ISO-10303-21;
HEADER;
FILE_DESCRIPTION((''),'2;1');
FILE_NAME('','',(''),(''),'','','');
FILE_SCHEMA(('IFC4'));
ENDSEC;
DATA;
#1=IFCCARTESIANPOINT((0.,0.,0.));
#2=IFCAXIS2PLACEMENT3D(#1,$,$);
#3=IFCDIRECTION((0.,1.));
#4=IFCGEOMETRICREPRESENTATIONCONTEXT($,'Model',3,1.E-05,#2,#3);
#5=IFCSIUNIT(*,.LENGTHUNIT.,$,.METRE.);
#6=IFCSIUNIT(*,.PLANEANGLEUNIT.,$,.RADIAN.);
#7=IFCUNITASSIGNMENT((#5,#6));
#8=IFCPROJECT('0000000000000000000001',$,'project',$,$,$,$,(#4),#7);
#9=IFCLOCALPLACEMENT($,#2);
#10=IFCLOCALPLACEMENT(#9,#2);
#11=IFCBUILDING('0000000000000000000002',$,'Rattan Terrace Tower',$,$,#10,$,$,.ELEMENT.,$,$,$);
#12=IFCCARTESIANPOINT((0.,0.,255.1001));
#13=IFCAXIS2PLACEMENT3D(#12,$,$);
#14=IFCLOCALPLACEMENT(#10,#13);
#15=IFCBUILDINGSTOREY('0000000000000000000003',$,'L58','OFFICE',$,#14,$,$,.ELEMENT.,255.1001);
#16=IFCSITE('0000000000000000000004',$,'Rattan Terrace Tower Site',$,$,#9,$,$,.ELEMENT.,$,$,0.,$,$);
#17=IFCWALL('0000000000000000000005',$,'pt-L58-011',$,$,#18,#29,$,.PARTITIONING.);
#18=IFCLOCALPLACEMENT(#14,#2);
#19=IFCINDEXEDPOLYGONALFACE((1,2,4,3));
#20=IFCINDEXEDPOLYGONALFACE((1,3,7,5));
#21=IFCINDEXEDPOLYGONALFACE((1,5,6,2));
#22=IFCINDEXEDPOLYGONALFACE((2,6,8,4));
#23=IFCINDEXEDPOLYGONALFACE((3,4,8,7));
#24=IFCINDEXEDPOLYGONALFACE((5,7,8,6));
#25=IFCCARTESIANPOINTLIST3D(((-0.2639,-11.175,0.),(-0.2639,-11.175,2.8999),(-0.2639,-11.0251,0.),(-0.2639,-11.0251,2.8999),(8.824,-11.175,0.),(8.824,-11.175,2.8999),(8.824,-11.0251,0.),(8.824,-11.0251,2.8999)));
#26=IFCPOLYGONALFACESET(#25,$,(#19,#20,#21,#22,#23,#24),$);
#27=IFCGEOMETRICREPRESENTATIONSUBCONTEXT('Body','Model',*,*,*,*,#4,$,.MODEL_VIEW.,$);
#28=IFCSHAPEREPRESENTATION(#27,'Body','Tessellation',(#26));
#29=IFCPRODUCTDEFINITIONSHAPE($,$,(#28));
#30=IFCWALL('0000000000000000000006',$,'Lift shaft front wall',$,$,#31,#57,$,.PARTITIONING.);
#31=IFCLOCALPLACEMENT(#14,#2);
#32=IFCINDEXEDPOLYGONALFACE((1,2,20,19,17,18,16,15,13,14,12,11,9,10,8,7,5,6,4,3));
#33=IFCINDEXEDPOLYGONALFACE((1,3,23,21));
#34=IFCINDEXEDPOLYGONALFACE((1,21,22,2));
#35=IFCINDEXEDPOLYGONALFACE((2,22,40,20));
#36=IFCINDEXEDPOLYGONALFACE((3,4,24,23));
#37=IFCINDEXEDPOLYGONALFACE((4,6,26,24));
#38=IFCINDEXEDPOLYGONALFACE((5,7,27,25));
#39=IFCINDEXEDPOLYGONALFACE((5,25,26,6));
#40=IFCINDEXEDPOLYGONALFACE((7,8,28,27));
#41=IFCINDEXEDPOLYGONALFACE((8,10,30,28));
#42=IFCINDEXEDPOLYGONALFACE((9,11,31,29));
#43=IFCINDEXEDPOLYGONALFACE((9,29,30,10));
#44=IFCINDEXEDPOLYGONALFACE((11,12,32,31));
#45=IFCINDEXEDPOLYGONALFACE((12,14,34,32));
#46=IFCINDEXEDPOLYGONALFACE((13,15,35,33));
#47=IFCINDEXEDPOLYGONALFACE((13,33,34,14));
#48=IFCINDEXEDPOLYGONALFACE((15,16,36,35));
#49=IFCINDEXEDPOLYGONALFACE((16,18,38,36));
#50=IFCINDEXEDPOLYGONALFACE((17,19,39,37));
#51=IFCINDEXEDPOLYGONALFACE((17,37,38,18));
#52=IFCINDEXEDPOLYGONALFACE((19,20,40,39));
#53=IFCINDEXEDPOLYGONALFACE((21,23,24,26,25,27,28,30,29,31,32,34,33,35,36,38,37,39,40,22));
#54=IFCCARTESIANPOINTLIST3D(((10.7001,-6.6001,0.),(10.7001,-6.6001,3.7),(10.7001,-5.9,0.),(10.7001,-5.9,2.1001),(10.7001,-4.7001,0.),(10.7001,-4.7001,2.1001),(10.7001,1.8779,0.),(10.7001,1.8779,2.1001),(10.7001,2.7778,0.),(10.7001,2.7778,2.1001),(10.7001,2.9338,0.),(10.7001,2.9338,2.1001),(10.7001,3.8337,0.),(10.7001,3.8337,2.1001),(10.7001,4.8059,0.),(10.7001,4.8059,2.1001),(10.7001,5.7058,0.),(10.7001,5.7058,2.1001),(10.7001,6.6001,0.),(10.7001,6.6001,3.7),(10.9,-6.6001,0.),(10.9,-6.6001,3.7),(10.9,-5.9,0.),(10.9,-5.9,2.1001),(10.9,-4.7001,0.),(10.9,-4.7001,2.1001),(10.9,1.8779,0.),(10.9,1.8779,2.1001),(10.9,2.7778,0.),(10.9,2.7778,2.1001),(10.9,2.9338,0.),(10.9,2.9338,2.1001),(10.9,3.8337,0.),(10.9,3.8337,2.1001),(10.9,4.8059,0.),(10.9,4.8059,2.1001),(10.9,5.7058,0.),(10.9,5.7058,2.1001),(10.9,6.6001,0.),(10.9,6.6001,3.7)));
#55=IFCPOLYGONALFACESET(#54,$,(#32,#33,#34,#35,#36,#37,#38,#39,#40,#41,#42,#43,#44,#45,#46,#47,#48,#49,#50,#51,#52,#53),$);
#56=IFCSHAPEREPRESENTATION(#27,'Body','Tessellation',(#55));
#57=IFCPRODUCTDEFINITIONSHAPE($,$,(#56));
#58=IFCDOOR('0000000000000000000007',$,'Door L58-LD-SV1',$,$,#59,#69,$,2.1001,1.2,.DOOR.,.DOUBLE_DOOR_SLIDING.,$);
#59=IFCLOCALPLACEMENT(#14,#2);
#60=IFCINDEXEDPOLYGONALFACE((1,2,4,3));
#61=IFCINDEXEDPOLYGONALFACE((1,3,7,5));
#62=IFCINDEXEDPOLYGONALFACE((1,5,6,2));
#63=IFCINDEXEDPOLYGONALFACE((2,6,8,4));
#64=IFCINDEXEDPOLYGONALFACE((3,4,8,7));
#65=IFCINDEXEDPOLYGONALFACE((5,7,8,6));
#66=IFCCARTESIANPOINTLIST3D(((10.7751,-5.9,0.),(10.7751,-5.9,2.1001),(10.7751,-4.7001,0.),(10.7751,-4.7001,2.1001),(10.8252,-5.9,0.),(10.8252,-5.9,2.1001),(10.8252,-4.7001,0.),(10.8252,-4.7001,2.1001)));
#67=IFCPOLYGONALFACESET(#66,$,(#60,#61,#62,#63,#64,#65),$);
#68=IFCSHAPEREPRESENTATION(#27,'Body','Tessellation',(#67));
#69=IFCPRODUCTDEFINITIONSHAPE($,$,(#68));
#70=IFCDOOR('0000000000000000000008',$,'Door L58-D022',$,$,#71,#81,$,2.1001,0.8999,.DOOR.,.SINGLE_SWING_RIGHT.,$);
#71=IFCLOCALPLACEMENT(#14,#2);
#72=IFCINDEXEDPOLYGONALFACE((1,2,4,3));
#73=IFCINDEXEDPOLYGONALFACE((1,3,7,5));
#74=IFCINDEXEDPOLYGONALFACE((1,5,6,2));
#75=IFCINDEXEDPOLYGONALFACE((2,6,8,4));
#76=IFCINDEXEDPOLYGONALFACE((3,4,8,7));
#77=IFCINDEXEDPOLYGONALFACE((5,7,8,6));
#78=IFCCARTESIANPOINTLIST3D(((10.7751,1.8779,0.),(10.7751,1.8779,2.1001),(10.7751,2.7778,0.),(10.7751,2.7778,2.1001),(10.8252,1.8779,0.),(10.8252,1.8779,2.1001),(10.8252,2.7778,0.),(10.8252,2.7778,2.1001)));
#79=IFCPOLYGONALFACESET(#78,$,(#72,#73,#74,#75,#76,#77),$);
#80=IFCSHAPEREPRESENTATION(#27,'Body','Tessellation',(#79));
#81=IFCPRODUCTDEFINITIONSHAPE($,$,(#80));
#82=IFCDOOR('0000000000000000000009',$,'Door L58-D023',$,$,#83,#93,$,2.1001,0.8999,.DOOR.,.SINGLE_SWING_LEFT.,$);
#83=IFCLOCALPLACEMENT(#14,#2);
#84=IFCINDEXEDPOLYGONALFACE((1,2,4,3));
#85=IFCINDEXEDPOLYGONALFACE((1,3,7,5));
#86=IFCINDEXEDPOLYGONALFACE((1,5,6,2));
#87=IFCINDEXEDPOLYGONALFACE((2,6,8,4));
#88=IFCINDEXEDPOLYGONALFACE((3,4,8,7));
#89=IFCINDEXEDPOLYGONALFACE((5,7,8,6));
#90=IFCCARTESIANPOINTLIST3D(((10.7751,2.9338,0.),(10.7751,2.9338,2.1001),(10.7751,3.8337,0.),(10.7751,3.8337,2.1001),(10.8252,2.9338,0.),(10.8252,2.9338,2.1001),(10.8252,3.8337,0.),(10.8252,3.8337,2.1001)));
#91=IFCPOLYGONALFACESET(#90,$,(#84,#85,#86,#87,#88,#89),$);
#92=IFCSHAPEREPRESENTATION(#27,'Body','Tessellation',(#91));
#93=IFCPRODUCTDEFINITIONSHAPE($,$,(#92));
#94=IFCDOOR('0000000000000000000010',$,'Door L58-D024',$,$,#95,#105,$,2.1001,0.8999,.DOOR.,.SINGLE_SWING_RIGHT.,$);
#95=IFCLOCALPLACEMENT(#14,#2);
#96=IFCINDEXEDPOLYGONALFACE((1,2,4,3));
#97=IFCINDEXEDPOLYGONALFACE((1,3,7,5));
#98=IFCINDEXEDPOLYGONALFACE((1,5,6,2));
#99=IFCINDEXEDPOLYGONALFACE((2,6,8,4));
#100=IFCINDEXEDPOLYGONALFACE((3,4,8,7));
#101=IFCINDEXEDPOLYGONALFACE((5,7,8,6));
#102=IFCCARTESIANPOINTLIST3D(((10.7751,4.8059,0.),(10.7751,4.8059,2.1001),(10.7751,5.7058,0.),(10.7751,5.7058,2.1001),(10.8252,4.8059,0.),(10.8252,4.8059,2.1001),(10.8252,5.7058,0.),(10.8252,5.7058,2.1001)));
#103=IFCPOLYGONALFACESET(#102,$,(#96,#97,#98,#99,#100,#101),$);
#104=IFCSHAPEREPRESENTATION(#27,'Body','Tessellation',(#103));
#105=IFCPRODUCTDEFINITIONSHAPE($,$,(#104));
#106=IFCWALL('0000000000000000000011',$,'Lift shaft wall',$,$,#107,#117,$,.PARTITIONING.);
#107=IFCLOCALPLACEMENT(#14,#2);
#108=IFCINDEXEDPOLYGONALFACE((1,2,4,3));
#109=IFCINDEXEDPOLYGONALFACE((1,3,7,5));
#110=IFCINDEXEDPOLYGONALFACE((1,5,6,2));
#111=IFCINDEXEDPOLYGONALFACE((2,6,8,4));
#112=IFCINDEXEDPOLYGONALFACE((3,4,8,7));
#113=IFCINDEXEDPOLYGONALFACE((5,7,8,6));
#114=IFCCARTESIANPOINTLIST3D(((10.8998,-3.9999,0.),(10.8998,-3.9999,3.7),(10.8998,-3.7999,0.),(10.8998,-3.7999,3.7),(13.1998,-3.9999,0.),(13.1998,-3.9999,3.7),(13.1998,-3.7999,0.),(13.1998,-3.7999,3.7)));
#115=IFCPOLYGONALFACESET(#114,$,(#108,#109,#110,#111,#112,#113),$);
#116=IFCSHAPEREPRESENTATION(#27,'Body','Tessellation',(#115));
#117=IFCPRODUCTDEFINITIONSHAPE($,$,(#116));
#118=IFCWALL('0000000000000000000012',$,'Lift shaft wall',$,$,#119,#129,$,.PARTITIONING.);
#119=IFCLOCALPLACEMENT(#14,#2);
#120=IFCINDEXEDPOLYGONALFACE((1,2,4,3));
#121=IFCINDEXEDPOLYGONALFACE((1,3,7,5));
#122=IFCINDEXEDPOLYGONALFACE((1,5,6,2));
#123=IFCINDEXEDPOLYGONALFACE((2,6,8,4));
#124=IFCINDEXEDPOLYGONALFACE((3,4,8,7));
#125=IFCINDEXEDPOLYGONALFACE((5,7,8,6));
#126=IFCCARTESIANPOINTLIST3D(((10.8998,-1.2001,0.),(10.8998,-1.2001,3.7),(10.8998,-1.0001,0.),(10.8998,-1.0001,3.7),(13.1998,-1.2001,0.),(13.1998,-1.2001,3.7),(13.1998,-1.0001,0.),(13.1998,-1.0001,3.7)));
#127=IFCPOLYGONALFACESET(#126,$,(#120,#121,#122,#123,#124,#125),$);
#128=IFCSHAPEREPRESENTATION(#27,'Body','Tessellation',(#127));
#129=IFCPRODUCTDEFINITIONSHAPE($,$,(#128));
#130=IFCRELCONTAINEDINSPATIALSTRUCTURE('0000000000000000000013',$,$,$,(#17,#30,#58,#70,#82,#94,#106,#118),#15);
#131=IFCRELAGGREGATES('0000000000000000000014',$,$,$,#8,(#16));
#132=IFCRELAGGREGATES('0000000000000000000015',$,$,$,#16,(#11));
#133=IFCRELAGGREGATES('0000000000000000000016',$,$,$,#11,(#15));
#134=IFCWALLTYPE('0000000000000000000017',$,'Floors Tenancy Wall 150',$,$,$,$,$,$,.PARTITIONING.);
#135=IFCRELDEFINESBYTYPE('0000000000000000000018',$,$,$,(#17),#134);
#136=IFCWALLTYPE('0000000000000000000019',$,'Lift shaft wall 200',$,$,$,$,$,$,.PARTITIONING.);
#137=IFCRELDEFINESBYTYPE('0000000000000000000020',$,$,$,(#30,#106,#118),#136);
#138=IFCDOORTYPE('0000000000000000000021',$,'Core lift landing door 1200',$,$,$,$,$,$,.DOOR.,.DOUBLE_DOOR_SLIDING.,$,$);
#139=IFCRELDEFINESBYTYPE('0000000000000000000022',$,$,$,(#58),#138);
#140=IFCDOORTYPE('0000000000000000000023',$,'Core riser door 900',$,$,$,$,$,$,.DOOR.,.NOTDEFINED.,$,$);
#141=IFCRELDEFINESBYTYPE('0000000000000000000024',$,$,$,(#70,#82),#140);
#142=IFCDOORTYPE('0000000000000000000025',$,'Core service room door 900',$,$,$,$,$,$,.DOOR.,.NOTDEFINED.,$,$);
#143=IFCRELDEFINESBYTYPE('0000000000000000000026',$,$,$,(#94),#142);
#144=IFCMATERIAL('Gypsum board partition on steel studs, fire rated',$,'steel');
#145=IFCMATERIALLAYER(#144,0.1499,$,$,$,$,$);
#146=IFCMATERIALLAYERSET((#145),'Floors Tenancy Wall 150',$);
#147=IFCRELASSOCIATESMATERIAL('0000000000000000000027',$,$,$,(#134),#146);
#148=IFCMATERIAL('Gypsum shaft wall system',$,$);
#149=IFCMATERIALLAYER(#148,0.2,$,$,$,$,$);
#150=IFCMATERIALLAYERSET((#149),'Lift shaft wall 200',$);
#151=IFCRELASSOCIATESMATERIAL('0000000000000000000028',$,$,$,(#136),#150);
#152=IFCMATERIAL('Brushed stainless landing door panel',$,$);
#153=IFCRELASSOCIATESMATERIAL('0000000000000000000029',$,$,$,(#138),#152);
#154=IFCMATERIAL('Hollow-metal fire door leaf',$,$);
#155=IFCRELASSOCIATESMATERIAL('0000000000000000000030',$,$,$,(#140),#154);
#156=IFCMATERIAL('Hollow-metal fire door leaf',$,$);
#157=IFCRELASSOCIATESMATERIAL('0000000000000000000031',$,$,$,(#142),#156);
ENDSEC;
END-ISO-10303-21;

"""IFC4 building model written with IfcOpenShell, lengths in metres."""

from ifc_helpers import new_model, si_unit, direction, frame, frame_2d, origin, place, context, subcontext, project, spatial, rectangle, extrude, material, layer, layer_set, type_object, element, fill, save


model = new_model("IFC4")

# Units and contexts
model_context = context("Model", 3, precision=1e-05, world=origin(), true_north=direction((0.0, 1.0)))
body_context = subcontext(model_context, "Body", "Model", "MODEL_VIEW")
ifc_project = project(units=[si_unit("LENGTHUNIT", "METRE"), si_unit("PLANEANGLEUNIT", "RADIAN")], contexts=[model_context])

# Site, building, storey
site_placement = place(None, origin())
site = spatial("IfcSite", under=ifc_project, at=site_placement, Name="Rattan Terrace Tower Site", CompositionType="ELEMENT", RefElevation=0.0)
building_placement = place(site_placement, origin())
building = spatial("IfcBuilding", under=site, at=building_placement, Name="Rattan Terrace Tower", CompositionType="ELEMENT")
storey_placement = place(building_placement, frame((0.0, 0.0, 255.1001)))
storey = spatial("IfcBuildingStorey", under=building, at=storey_placement, Name="L58", Description="OFFICE", CompositionType="ELEMENT", Elevation=255.1001)

# Wall
ifc_material_1 = material(Name="Gypsum board partition on steel studs, fire rated", Category="steel")
ifc_layer_1 = layer(ifc_material_1, 0.1499)
ifc_layer_set_1 = layer_set([ifc_layer_1], Name="Floors Tenancy Wall 150")
wall_type_1 = type_object("IfcWallType", Name="Floors Tenancy Wall 150", PredefinedType="PARTITIONING", material=ifc_layer_set_1)
wall_1_placement = place(storey_placement, frame((8.824, -11.1001, 0.0), z_axis=(0.0, 0.0, 1.0), x_axis=(-1.0, 0.0, 0.0)))
element("IfcWall", 1, at=wall_1_placement, inside=storey, type_object=wall_type_1, Name="pt-L58-011", PredefinedType="PARTITIONING", context=body_context, shape_type="SweptSolid", body=[
    extrude(rectangle(XDim=9.0879, YDim=0.1499, at=frame_2d((4.5439, 0.0))), origin(), (0.0, 0.0, 1.0), 2.8999),
])

# Wall, openings, doors
ifc_material_2 = material(Name="Gypsum shaft wall system")
ifc_layer_2 = layer(ifc_material_2, 0.2)
ifc_layer_set_2 = layer_set([ifc_layer_2], Name="Lift shaft wall 200")
wall_type_2 = type_object("IfcWallType", Name="Lift shaft wall 200", PredefinedType="PARTITIONING", material=ifc_layer_set_2)
wall_2_placement = place(storey_placement, frame((10.8, -6.6001, 0.0), z_axis=(0.0, 0.0, 1.0), x_axis=(0.0, 1.0, 0.0)))
wall_2 = element("IfcWall", 2, at=wall_2_placement, inside=storey, type_object=wall_type_2, Name="Lift shaft front wall", PredefinedType="PARTITIONING", context=body_context, shape_type="SweptSolid", body=[
    extrude(rectangle(XDim=13.2002, YDim=0.2, at=frame_2d((6.6001, 0.0))), origin(), (0.0, 0.0, 1.0), 3.7),
])
opening_1_placement = place(wall_2_placement, frame((0.7, 0.0, 0.0)))
opening_1 = element("IfcOpeningElement", 3, at=opening_1_placement, cuts=wall_2, PredefinedType="OPENING", context=body_context, shape_type="SweptSolid", body=[
    extrude(rectangle(XDim=1.2, YDim=2.1001, at=frame_2d((0.6001, 1.05))), frame((0.0, 0.1106, 0.0), z_axis=(0.0, -1.0, 0.0), x_axis=(1.0, 0.0, 0.0)), (0.0, 0.0, 1.0), 0.2209),
])
opening_2_placement = place(wall_2_placement, frame((8.478, 0.0, 0.0)))
opening_2 = element("IfcOpeningElement", 4, at=opening_2_placement, cuts=wall_2, PredefinedType="OPENING", context=body_context, shape_type="SweptSolid", body=[
    extrude(rectangle(XDim=0.8999, YDim=2.1001, at=frame_2d((0.45, 1.05))), frame((0.0, 0.1106, 0.0), z_axis=(0.0, -1.0, 0.0), x_axis=(1.0, 0.0, 0.0)), (0.0, 0.0, 1.0), 0.2209),
])
opening_3_placement = place(wall_2_placement, frame((9.5339, 0.0, 0.0)))
opening_3 = element("IfcOpeningElement", 5, at=opening_3_placement, cuts=wall_2, PredefinedType="OPENING", context=body_context, shape_type="SweptSolid", body=[
    extrude(rectangle(XDim=0.8999, YDim=2.1001, at=frame_2d((0.45, 1.05))), frame((0.0, 0.1106, 0.0), z_axis=(0.0, -1.0, 0.0), x_axis=(1.0, 0.0, 0.0)), (0.0, 0.0, 1.0), 0.2209),
])
opening_4_placement = place(wall_2_placement, frame((11.406, 0.0, 0.0)))
opening_4 = element("IfcOpeningElement", 6, at=opening_4_placement, cuts=wall_2, PredefinedType="OPENING", context=body_context, shape_type="SweptSolid", body=[
    extrude(rectangle(XDim=0.8999, YDim=2.1001, at=frame_2d((0.45, 1.05))), frame((0.0, 0.1106, 0.0), z_axis=(0.0, -1.0, 0.0), x_axis=(1.0, 0.0, 0.0)), (0.0, 0.0, 1.0), 0.2209),
])
ifc_material_3 = material(Name="Brushed stainless landing door panel")
door_type_1 = type_object("IfcDoorType", Name="Core lift landing door 1200", OperationType="DOUBLE_DOOR_SLIDING", PredefinedType="DOOR", material=ifc_material_3)
door_1_placement = place(opening_1_placement, origin())
door_1 = element("IfcDoor", 7, at=door_1_placement, inside=storey, type_object=door_type_1, Name="Door L58-LD-SV1", OperationType="DOUBLE_DOOR_SLIDING", OverallHeight=2.1001, OverallWidth=1.2, PredefinedType="DOOR", context=body_context, shape_type="SweptSolid", body=[
    extrude(rectangle(XDim=1.2, YDim=2.1001, at=frame_2d((0.6001, 1.05))), frame((0.0, 0.0249, 0.0), z_axis=(0.0, -1.0, 0.0), x_axis=(1.0, 0.0, 0.0)), (0.0, 0.0, 1.0), 0.05),
])
fill(opening_1, door_1)
ifc_material_4 = material(Name="Hollow-metal fire door leaf")
door_type_2 = type_object("IfcDoorType", Name="Core riser door 900", OperationType="NOTDEFINED", PredefinedType="DOOR", material=ifc_material_4)
door_2_placement = place(opening_2_placement, origin())
door_2 = element("IfcDoor", 8, at=door_2_placement, inside=storey, type_object=door_type_2, Name="Door L58-D022", OperationType="SINGLE_SWING_RIGHT", OverallHeight=2.1001, OverallWidth=0.8999, PredefinedType="DOOR", context=body_context, shape_type="SweptSolid", body=[
    extrude(rectangle(XDim=0.8999, YDim=2.1001, at=frame_2d((0.45, 1.05))), frame((0.0, 0.0249, 0.0), z_axis=(0.0, -1.0, 0.0), x_axis=(1.0, 0.0, 0.0)), (0.0, 0.0, 1.0), 0.05),
])
fill(opening_2, door_2)
door_3_placement = place(opening_3_placement, origin())
door_3 = element("IfcDoor", 9, at=door_3_placement, inside=storey, type_object=door_type_2, Name="Door L58-D023", OperationType="SINGLE_SWING_LEFT", OverallHeight=2.1001, OverallWidth=0.8999, PredefinedType="DOOR", context=body_context, shape_type="SweptSolid", body=[
    extrude(rectangle(XDim=0.8999, YDim=2.1001, at=frame_2d((0.45, 1.05))), frame((0.0, 0.0249, 0.0), z_axis=(0.0, -1.0, 0.0), x_axis=(1.0, 0.0, 0.0)), (0.0, 0.0, 1.0), 0.05),
])
fill(opening_3, door_3)
ifc_material_5 = material(Name="Hollow-metal fire door leaf")
door_type_3 = type_object("IfcDoorType", Name="Core service room door 900", OperationType="NOTDEFINED", PredefinedType="DOOR", material=ifc_material_5)
door_4_placement = place(opening_4_placement, origin())
door_4 = element("IfcDoor", 10, at=door_4_placement, inside=storey, type_object=door_type_3, Name="Door L58-D024", OperationType="SINGLE_SWING_RIGHT", OverallHeight=2.1001, OverallWidth=0.8999, PredefinedType="DOOR", context=body_context, shape_type="SweptSolid", body=[
    extrude(rectangle(XDim=0.8999, YDim=2.1001, at=frame_2d((0.45, 1.05))), frame((0.0, 0.0249, 0.0), z_axis=(0.0, -1.0, 0.0), x_axis=(1.0, 0.0, 0.0)), (0.0, 0.0, 1.0), 0.05),
])
fill(opening_4, door_4)

# Walls
for number, where, z_axis, x_axis, name in (
    (11, (10.8999, -3.8999, 0.0), (0.0, 0.0, 1.0), (1.0, 0.0, 0.0), "Lift shaft wall"),
    (12, (10.8999, -1.1001, 0.0), (0.0, 0.0, 1.0), (1.0, 0.0, 0.0), "Lift shaft wall"),
):
    element("IfcWall", number, at=place(storey_placement, frame(where, z_axis=z_axis, x_axis=x_axis)), inside=storey, type_object=wall_type_2, Name=name, PredefinedType="PARTITIONING", context=body_context, shape_type="SweptSolid", body=[
        extrude(rectangle(XDim=2.3, YDim=0.2, at=frame_2d((1.1499, 0.0))), origin(), (0.0, 0.0, 1.0), 3.7),
    ])

save(model, "model.ifc")
